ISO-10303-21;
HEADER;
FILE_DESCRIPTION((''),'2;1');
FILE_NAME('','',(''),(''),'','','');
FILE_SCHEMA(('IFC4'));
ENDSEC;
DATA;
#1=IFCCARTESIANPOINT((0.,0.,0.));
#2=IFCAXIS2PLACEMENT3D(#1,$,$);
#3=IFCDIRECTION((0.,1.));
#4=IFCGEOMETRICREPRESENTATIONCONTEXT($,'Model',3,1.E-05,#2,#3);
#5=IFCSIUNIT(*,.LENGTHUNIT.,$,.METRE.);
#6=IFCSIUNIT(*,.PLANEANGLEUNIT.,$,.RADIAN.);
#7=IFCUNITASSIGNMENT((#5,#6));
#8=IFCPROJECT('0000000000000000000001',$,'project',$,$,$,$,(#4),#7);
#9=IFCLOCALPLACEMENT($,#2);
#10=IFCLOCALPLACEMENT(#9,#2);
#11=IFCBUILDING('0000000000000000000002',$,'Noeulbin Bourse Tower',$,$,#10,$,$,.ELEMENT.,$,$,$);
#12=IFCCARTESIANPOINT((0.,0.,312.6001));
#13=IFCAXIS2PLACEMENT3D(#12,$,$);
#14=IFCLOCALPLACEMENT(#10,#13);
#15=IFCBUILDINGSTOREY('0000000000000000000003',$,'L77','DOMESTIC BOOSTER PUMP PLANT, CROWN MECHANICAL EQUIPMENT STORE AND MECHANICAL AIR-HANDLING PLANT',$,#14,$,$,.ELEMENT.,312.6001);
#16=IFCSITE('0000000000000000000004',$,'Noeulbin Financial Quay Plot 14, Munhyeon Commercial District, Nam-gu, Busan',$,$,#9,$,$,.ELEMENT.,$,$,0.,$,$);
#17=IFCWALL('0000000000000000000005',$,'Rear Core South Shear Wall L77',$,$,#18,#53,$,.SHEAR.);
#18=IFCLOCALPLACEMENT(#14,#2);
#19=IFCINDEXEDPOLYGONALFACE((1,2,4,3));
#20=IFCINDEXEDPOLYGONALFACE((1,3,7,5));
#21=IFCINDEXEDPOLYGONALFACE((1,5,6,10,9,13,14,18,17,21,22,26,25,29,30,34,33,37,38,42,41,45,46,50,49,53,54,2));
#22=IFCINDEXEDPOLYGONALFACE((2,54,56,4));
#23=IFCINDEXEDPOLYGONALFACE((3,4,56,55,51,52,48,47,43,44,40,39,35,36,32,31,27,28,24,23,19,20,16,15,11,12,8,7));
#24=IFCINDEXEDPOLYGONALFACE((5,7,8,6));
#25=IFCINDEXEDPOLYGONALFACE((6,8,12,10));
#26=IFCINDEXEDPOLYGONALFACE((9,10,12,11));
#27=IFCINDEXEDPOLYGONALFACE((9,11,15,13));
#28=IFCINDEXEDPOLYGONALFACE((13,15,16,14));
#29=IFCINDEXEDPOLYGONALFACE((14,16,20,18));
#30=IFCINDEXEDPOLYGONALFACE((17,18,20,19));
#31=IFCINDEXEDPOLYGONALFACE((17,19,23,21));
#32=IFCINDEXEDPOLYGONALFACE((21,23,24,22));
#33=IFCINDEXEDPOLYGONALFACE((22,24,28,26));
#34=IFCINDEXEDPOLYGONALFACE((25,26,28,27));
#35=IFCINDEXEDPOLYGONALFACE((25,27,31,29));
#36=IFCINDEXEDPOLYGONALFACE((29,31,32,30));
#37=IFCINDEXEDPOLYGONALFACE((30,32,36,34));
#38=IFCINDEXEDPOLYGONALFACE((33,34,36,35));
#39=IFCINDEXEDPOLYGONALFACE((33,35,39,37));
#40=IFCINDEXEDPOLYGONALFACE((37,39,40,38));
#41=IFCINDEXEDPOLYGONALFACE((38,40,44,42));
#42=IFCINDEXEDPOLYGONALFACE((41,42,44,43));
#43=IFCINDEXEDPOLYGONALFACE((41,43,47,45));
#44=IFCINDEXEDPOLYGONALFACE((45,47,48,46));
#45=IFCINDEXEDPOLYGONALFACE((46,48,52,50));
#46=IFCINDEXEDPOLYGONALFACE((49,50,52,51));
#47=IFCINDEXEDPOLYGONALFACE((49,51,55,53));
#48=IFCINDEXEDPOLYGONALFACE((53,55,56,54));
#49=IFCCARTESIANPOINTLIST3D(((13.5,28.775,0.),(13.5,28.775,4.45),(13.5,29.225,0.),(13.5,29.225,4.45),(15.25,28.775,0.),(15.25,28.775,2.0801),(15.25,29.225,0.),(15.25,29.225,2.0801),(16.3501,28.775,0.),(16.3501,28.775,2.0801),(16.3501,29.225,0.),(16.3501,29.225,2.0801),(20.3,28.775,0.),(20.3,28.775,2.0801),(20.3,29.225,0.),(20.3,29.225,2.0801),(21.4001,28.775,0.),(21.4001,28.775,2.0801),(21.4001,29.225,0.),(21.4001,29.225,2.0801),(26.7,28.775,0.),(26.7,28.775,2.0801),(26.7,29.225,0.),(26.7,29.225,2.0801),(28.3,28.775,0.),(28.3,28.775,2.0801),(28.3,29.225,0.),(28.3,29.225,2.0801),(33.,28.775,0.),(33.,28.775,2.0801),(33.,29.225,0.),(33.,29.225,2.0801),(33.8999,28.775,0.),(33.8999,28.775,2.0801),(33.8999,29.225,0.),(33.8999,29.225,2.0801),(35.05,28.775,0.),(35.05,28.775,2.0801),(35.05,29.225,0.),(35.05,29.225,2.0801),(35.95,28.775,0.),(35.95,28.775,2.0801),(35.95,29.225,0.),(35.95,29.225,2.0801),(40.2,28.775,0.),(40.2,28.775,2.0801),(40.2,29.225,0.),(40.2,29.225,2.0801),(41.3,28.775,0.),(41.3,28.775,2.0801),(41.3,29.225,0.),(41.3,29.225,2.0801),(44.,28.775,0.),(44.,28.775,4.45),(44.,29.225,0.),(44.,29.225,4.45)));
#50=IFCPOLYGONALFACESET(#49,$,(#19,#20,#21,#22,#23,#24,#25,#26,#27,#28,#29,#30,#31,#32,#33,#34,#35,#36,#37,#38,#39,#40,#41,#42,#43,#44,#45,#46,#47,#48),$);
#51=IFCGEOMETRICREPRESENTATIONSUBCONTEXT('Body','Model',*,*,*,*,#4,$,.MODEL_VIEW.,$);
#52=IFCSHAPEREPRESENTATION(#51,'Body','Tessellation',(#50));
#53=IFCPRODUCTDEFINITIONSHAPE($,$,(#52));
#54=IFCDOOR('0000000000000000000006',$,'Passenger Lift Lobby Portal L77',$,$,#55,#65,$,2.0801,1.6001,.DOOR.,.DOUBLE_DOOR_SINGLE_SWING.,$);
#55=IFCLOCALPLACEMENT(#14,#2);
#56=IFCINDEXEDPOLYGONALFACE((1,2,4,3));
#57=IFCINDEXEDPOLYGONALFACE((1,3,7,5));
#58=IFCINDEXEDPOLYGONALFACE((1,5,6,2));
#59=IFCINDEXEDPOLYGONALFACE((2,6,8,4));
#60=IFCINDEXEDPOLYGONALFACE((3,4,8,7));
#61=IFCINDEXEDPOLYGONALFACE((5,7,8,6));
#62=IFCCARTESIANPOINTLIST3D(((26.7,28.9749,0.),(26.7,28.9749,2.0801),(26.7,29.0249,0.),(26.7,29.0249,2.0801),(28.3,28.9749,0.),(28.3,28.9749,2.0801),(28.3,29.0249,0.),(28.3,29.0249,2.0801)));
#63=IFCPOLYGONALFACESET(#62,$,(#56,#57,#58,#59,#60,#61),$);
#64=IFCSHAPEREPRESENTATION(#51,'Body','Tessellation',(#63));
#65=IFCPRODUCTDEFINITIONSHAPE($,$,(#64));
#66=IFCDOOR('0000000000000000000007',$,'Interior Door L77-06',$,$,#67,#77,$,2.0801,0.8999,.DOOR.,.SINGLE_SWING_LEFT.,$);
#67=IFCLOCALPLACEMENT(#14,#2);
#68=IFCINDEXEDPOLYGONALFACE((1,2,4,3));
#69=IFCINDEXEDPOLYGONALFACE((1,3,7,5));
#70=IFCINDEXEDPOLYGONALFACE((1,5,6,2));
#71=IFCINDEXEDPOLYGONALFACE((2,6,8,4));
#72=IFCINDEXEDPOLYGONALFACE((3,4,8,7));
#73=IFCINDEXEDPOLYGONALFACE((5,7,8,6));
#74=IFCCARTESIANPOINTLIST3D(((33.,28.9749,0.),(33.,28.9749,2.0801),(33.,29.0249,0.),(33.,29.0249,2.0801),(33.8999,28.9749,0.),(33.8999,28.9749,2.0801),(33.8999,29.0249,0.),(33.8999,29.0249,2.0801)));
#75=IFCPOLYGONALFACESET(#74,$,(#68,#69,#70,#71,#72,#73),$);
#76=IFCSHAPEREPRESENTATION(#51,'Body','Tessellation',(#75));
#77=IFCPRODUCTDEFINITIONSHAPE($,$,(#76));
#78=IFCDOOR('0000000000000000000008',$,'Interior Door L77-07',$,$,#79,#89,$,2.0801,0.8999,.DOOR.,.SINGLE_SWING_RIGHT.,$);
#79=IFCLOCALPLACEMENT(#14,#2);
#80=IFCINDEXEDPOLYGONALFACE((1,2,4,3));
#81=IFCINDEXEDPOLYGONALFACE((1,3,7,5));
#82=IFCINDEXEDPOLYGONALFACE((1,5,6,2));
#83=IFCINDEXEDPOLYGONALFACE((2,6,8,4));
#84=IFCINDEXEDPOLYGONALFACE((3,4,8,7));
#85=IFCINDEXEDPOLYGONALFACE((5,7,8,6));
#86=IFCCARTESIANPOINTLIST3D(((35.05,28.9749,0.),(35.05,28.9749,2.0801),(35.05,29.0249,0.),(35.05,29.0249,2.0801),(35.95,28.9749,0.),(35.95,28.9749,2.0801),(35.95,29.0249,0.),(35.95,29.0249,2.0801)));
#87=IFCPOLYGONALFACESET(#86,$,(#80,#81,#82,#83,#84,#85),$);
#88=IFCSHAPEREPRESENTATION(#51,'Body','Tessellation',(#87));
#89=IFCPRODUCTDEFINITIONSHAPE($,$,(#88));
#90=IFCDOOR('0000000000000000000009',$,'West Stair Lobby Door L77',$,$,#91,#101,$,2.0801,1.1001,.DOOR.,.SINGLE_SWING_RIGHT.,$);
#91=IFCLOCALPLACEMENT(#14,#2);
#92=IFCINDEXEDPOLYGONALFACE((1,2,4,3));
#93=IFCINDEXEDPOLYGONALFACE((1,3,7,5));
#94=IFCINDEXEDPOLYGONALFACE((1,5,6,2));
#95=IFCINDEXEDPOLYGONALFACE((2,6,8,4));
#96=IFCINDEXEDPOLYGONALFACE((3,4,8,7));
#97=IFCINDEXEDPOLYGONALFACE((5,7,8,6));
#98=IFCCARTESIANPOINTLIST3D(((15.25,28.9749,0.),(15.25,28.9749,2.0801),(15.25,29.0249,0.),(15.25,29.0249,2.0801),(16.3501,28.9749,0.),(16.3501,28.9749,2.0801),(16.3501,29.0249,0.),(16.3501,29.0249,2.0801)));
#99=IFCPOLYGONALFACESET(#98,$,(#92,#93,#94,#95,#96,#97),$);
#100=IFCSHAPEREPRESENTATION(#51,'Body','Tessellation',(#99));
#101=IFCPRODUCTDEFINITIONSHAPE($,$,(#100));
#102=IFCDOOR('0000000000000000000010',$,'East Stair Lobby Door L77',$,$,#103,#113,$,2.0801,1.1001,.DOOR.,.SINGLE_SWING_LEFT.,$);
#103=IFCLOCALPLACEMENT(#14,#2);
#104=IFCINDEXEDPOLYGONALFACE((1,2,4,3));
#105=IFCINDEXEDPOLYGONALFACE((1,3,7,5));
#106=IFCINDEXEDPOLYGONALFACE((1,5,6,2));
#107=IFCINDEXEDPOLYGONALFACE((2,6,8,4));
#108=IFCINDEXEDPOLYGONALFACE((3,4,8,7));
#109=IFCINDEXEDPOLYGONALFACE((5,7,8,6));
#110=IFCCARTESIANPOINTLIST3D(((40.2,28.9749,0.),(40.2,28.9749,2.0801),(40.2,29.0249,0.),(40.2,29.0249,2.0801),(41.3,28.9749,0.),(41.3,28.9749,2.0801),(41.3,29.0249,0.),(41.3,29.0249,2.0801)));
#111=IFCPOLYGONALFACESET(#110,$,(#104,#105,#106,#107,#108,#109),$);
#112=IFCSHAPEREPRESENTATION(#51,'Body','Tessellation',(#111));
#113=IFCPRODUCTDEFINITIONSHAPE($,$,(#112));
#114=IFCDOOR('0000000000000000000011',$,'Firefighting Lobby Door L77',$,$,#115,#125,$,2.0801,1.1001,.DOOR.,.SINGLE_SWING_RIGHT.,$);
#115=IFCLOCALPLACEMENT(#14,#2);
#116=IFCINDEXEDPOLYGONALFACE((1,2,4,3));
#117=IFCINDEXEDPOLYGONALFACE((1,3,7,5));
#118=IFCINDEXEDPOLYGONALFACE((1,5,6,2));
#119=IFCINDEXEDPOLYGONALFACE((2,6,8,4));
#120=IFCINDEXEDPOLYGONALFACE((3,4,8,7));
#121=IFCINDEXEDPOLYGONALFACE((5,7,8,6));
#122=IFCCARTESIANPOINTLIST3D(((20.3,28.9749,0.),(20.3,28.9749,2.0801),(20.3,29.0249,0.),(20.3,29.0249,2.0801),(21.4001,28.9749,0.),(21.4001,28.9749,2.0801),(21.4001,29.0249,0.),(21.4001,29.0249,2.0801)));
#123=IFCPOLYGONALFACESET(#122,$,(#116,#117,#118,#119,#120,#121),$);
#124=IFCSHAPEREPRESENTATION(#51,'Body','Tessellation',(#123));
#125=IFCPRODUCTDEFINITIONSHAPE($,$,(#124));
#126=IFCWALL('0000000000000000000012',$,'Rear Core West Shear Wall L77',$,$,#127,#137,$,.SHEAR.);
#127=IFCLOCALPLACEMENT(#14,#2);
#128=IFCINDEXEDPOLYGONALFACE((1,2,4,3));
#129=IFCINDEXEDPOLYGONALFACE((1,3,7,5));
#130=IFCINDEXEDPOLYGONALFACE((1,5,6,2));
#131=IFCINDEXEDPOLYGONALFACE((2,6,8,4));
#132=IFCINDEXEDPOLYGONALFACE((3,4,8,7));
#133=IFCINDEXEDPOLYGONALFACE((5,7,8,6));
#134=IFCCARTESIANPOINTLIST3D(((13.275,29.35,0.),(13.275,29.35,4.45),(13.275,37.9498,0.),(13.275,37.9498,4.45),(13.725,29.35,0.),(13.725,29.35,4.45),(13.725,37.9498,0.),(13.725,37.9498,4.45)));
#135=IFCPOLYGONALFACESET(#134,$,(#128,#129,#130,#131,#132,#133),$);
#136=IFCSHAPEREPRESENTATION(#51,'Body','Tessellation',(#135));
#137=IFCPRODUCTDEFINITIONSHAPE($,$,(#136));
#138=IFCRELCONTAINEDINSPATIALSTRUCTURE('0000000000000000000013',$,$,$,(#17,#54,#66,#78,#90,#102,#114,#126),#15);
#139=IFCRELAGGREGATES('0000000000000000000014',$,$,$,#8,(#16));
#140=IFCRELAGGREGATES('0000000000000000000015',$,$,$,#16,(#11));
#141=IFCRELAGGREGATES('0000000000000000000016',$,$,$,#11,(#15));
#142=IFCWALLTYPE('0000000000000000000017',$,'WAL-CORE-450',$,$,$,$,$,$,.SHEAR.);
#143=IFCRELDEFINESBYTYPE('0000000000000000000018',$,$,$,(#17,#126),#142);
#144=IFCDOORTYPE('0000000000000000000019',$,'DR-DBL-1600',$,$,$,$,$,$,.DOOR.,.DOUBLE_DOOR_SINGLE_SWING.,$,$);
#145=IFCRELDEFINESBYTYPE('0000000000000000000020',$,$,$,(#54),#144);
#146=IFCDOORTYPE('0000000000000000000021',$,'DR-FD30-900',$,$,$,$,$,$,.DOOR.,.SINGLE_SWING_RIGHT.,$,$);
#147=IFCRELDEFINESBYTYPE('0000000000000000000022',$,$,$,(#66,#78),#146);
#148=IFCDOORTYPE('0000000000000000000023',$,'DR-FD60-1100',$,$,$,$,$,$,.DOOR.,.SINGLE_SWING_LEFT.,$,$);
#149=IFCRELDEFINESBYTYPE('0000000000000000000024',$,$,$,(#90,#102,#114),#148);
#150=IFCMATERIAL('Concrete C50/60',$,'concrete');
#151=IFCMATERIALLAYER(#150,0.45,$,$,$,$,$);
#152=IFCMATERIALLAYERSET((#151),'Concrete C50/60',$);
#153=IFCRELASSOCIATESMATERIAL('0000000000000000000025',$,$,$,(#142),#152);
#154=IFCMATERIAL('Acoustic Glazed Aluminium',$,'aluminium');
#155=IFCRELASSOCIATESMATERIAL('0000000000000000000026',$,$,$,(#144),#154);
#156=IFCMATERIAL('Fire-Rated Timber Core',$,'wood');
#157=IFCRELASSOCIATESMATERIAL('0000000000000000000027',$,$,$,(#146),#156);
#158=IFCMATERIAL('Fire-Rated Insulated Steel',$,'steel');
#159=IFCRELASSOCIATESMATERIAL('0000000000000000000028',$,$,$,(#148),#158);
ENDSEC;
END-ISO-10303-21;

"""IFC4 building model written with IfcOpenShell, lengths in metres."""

from ifc_helpers import new_model, si_unit, direction, frame, frame_2d, origin, place, context, subcontext, project, spatial, rectangle, extrude, material, layer, layer_set, type_object, element, fill, save


model = new_model("IFC4")

# Units and contexts
model_context = context("Model", 3, precision=1e-05, world=origin(), true_north=direction((0.0, 1.0)))
body_context = subcontext(model_context, "Body", "Model", "MODEL_VIEW")
ifc_project = project(units=[si_unit("LENGTHUNIT", "METRE"), si_unit("PLANEANGLEUNIT", "RADIAN")], contexts=[model_context])

# Site, building, storey
site_placement = place(None, origin())
site = spatial("IfcSite", under=ifc_project, at=site_placement, Name="Noeulbin Financial Quay Plot 14, Munhyeon Commercial District, Nam-gu, Busan", CompositionType="ELEMENT", RefElevation=0.0)
building_placement = place(site_placement, origin())
building = spatial("IfcBuilding", under=site, at=building_placement, Name="Noeulbin Bourse Tower", CompositionType="ELEMENT")
storey_placement = place(building_placement, frame((0.0, 0.0, 312.6001)))
storey = spatial("IfcBuildingStorey", under=building, at=storey_placement, Name="L77", Description="DOMESTIC BOOSTER PUMP PLANT, CROWN MECHANICAL EQUIPMENT STORE AND MECHANICAL AIR-HANDLING PLANT", CompositionType="ELEMENT", Elevation=312.6001)

# Wall, openings, doors
ifc_material_1 = material(Name="Concrete C50/60", Category="concrete")
ifc_layer_1 = layer(ifc_material_1, 0.45)
ifc_layer_set_1 = layer_set([ifc_layer_1], Name="Concrete C50/60")
wall_type_1 = type_object("IfcWallType", Name="WAL-CORE-450", PredefinedType="SHEAR", material=ifc_layer_set_1)
wall_1_placement = place(storey_placement, frame((13.5, 29.0, 0.0), z_axis=(0.0, 0.0, 1.0), x_axis=(1.0, 0.0, 0.0)))
wall_1 = element("IfcWall", 1, at=wall_1_placement, inside=storey, type_object=wall_type_1, Name="Rear Core South Shear Wall L77", PredefinedType="SHEAR", context=body_context, shape_type="SweptSolid", body=[
    extrude(rectangle(XDim=30.5, YDim=0.45, at=frame_2d((15.25, 0.0))), origin(), (0.0, 0.0, 1.0), 4.45),
])
opening_1_placement = place(wall_1_placement, frame((1.75, 0.0, 0.0)))
opening_1 = element("IfcOpeningElement", 2, at=opening_1_placement, cuts=wall_1, PredefinedType="OPENING", context=body_context, shape_type="SweptSolid", body=[
    extrude(rectangle(XDim=1.1001, YDim=2.0801, at=frame_2d((0.55, 1.04))), frame((0.0, 0.2349, 0.0), z_axis=(0.0, -1.0, 0.0), x_axis=(1.0, 0.0, 0.0)), (0.0, 0.0, 1.0), 0.47),
])
opening_2_placement = place(wall_1_placement, frame((26.7, 0.0, 0.0)))
opening_2 = element("IfcOpeningElement", 3, at=opening_2_placement, cuts=wall_1, PredefinedType="OPENING", context=body_context, shape_type="SweptSolid", body=[
    extrude(rectangle(XDim=1.1001, YDim=2.0801, at=frame_2d((0.55, 1.04))), frame((0.0, 0.2349, 0.0), z_axis=(0.0, -1.0, 0.0), x_axis=(1.0, 0.0, 0.0)), (0.0, 0.0, 1.0), 0.47),
])
opening_3_placement = place(wall_1_placement, frame((6.8, 0.0, 0.0)))
opening_3 = element("IfcOpeningElement", 4, at=opening_3_placement, cuts=wall_1, PredefinedType="OPENING", context=body_context, shape_type="SweptSolid", body=[
    extrude(rectangle(XDim=1.1001, YDim=2.0801, at=frame_2d((0.55, 1.04))), frame((0.0, 0.2349, 0.0), z_axis=(0.0, -1.0, 0.0), x_axis=(1.0, 0.0, 0.0)), (0.0, 0.0, 1.0), 0.47),
])
opening_4_placement = place(wall_1_placement, frame((13.2, 0.0, 0.0)))
opening_4 = element("IfcOpeningElement", 5, at=opening_4_placement, cuts=wall_1, PredefinedType="OPENING", context=body_context, shape_type="SweptSolid", body=[
    extrude(rectangle(XDim=1.6001, YDim=2.0801, at=frame_2d((0.8, 1.04))), frame((0.0, 0.2349, 0.0), z_axis=(0.0, -1.0, 0.0), x_axis=(1.0, 0.0, 0.0)), (0.0, 0.0, 1.0), 0.47),
])
opening_5_placement = place(wall_1_placement, frame((19.5, 0.0, 0.0)))
opening_5 = element("IfcOpeningElement", 6, at=opening_5_placement, cuts=wall_1, PredefinedType="OPENING", context=body_context, shape_type="SweptSolid", body=[
    extrude(rectangle(XDim=0.8999, YDim=2.0801, at=frame_2d((0.45, 1.04))), frame((0.0, 0.2349, 0.0), z_axis=(0.0, -1.0, 0.0), x_axis=(1.0, 0.0, 0.0)), (0.0, 0.0, 1.0), 0.47),
])
opening_6_placement = place(wall_1_placement, frame((21.55, 0.0, 0.0)))
opening_6 = element("IfcOpeningElement", 7, at=opening_6_placement, cuts=wall_1, PredefinedType="OPENING", context=body_context, shape_type="SweptSolid", body=[
    extrude(rectangle(XDim=0.8999, YDim=2.0801, at=frame_2d((0.45, 1.04))), frame((0.0, 0.2349, 0.0), z_axis=(0.0, -1.0, 0.0), x_axis=(1.0, 0.0, 0.0)), (0.0, 0.0, 1.0), 0.47),
])
ifc_material_2 = material(Name="Acoustic Glazed Aluminium", Category="aluminium")
door_type_1 = type_object("IfcDoorType", Name="DR-DBL-1600", OperationType="DOUBLE_DOOR_SINGLE_SWING", PredefinedType="DOOR", material=ifc_material_2)
door_1_placement = place(opening_4_placement, origin())
door_1 = element("IfcDoor", 8, at=door_1_placement, inside=storey, type_object=door_type_1, Name="Passenger Lift Lobby Portal L77", OperationType="DOUBLE_DOOR_SINGLE_SWING", OverallHeight=2.0801, OverallWidth=1.6001, PredefinedType="DOOR", context=body_context, shape_type="SweptSolid", body=[
    extrude(rectangle(XDim=1.6001, YDim=2.0801, at=frame_2d((0.8, 1.04))), frame((0.0, 0.0249, 0.0), z_axis=(0.0, -1.0, 0.0), x_axis=(1.0, 0.0, 0.0)), (0.0, 0.0, 1.0), 0.05),
])
fill(opening_4, door_1)
ifc_material_3 = material(Name="Fire-Rated Timber Core", Category="wood")
door_type_2 = type_object("IfcDoorType", Name="DR-FD30-900", OperationType="SINGLE_SWING_RIGHT", PredefinedType="DOOR", material=ifc_material_3)
door_2_placement = place(opening_5_placement, origin())
door_2 = element("IfcDoor", 9, at=door_2_placement, inside=storey, type_object=door_type_2, Name="Interior Door L77-06", OperationType="SINGLE_SWING_LEFT", OverallHeight=2.0801, OverallWidth=0.8999, PredefinedType="DOOR", context=body_context, shape_type="SweptSolid", body=[
    extrude(rectangle(XDim=0.8999, YDim=2.0801, at=frame_2d((0.45, 1.04))), frame((0.0, 0.0249, 0.0), z_axis=(0.0, -1.0, 0.0), x_axis=(1.0, 0.0, 0.0)), (0.0, 0.0, 1.0), 0.05),
])
fill(opening_5, door_2)
door_3_placement = place(opening_6_placement, origin())
door_3 = element("IfcDoor", 10, at=door_3_placement, inside=storey, type_object=door_type_2, Name="Interior Door L77-07", OperationType="SINGLE_SWING_RIGHT", OverallHeight=2.0801, OverallWidth=0.8999, PredefinedType="DOOR", context=body_context, shape_type="SweptSolid", body=[
    extrude(rectangle(XDim=0.8999, YDim=2.0801, at=frame_2d((0.45, 1.04))), frame((0.0, 0.0249, 0.0), z_axis=(0.0, -1.0, 0.0), x_axis=(1.0, 0.0, 0.0)), (0.0, 0.0, 1.0), 0.05),
])
fill(opening_6, door_3)
ifc_material_4 = material(Name="Fire-Rated Insulated Steel", Category="steel")
door_type_3 = type_object("IfcDoorType", Name="DR-FD60-1100", OperationType="SINGLE_SWING_LEFT", PredefinedType="DOOR", material=ifc_material_4)
door_4_placement = place(opening_1_placement, origin())
door_4 = element("IfcDoor", 11, at=door_4_placement, inside=storey, type_object=door_type_3, Name="West Stair Lobby Door L77", OperationType="SINGLE_SWING_RIGHT", OverallHeight=2.0801, OverallWidth=1.1001, PredefinedType="DOOR", context=body_context, shape_type="SweptSolid", body=[
    extrude(rectangle(XDim=1.1001, YDim=2.0801, at=frame_2d((0.55, 1.04))), frame((0.0, 0.0249, 0.0), z_axis=(0.0, -1.0, 0.0), x_axis=(1.0, 0.0, 0.0)), (0.0, 0.0, 1.0), 0.05),
])
fill(opening_1, door_4)
door_5_placement = place(opening_2_placement, origin())
door_5 = element("IfcDoor", 12, at=door_5_placement, inside=storey, type_object=door_type_3, Name="East Stair Lobby Door L77", OperationType="SINGLE_SWING_LEFT", OverallHeight=2.0801, OverallWidth=1.1001, PredefinedType="DOOR", context=body_context, shape_type="SweptSolid", body=[
    extrude(rectangle(XDim=1.1001, YDim=2.0801, at=frame_2d((0.55, 1.04))), frame((0.0, 0.0249, 0.0), z_axis=(0.0, -1.0, 0.0), x_axis=(1.0, 0.0, 0.0)), (0.0, 0.0, 1.0), 0.05),
])
fill(opening_2, door_5)
door_6_placement = place(opening_3_placement, origin())
door_6 = element("IfcDoor", 13, at=door_6_placement, inside=storey, type_object=door_type_3, Name="Firefighting Lobby Door L77", OperationType="SINGLE_SWING_RIGHT", OverallHeight=2.0801, OverallWidth=1.1001, PredefinedType="DOOR", context=body_context, shape_type="SweptSolid", body=[
    extrude(rectangle(XDim=1.1001, YDim=2.0801, at=frame_2d((0.55, 1.04))), frame((0.0, 0.0249, 0.0), z_axis=(0.0, -1.0, 0.0), x_axis=(1.0, 0.0, 0.0)), (0.0, 0.0, 1.0), 0.05),
])
fill(opening_3, door_6)

# Wall
wall_2_placement = place(storey_placement, frame((13.5, 29.3501, 0.0), z_axis=(0.0, 0.0, 1.0), x_axis=(0.0, 1.0, 0.0)))
element("IfcWall", 14, at=wall_2_placement, inside=storey, type_object=wall_type_1, Name="Rear Core West Shear Wall L77", PredefinedType="SHEAR", context=body_context, shape_type="SweptSolid", body=[
    extrude(rectangle(XDim=8.5999, YDim=0.45, at=frame_2d((4.2998, 0.0))), origin(), (0.0, 0.0, 1.0), 4.45),
])

save(model, "model.ifc")
